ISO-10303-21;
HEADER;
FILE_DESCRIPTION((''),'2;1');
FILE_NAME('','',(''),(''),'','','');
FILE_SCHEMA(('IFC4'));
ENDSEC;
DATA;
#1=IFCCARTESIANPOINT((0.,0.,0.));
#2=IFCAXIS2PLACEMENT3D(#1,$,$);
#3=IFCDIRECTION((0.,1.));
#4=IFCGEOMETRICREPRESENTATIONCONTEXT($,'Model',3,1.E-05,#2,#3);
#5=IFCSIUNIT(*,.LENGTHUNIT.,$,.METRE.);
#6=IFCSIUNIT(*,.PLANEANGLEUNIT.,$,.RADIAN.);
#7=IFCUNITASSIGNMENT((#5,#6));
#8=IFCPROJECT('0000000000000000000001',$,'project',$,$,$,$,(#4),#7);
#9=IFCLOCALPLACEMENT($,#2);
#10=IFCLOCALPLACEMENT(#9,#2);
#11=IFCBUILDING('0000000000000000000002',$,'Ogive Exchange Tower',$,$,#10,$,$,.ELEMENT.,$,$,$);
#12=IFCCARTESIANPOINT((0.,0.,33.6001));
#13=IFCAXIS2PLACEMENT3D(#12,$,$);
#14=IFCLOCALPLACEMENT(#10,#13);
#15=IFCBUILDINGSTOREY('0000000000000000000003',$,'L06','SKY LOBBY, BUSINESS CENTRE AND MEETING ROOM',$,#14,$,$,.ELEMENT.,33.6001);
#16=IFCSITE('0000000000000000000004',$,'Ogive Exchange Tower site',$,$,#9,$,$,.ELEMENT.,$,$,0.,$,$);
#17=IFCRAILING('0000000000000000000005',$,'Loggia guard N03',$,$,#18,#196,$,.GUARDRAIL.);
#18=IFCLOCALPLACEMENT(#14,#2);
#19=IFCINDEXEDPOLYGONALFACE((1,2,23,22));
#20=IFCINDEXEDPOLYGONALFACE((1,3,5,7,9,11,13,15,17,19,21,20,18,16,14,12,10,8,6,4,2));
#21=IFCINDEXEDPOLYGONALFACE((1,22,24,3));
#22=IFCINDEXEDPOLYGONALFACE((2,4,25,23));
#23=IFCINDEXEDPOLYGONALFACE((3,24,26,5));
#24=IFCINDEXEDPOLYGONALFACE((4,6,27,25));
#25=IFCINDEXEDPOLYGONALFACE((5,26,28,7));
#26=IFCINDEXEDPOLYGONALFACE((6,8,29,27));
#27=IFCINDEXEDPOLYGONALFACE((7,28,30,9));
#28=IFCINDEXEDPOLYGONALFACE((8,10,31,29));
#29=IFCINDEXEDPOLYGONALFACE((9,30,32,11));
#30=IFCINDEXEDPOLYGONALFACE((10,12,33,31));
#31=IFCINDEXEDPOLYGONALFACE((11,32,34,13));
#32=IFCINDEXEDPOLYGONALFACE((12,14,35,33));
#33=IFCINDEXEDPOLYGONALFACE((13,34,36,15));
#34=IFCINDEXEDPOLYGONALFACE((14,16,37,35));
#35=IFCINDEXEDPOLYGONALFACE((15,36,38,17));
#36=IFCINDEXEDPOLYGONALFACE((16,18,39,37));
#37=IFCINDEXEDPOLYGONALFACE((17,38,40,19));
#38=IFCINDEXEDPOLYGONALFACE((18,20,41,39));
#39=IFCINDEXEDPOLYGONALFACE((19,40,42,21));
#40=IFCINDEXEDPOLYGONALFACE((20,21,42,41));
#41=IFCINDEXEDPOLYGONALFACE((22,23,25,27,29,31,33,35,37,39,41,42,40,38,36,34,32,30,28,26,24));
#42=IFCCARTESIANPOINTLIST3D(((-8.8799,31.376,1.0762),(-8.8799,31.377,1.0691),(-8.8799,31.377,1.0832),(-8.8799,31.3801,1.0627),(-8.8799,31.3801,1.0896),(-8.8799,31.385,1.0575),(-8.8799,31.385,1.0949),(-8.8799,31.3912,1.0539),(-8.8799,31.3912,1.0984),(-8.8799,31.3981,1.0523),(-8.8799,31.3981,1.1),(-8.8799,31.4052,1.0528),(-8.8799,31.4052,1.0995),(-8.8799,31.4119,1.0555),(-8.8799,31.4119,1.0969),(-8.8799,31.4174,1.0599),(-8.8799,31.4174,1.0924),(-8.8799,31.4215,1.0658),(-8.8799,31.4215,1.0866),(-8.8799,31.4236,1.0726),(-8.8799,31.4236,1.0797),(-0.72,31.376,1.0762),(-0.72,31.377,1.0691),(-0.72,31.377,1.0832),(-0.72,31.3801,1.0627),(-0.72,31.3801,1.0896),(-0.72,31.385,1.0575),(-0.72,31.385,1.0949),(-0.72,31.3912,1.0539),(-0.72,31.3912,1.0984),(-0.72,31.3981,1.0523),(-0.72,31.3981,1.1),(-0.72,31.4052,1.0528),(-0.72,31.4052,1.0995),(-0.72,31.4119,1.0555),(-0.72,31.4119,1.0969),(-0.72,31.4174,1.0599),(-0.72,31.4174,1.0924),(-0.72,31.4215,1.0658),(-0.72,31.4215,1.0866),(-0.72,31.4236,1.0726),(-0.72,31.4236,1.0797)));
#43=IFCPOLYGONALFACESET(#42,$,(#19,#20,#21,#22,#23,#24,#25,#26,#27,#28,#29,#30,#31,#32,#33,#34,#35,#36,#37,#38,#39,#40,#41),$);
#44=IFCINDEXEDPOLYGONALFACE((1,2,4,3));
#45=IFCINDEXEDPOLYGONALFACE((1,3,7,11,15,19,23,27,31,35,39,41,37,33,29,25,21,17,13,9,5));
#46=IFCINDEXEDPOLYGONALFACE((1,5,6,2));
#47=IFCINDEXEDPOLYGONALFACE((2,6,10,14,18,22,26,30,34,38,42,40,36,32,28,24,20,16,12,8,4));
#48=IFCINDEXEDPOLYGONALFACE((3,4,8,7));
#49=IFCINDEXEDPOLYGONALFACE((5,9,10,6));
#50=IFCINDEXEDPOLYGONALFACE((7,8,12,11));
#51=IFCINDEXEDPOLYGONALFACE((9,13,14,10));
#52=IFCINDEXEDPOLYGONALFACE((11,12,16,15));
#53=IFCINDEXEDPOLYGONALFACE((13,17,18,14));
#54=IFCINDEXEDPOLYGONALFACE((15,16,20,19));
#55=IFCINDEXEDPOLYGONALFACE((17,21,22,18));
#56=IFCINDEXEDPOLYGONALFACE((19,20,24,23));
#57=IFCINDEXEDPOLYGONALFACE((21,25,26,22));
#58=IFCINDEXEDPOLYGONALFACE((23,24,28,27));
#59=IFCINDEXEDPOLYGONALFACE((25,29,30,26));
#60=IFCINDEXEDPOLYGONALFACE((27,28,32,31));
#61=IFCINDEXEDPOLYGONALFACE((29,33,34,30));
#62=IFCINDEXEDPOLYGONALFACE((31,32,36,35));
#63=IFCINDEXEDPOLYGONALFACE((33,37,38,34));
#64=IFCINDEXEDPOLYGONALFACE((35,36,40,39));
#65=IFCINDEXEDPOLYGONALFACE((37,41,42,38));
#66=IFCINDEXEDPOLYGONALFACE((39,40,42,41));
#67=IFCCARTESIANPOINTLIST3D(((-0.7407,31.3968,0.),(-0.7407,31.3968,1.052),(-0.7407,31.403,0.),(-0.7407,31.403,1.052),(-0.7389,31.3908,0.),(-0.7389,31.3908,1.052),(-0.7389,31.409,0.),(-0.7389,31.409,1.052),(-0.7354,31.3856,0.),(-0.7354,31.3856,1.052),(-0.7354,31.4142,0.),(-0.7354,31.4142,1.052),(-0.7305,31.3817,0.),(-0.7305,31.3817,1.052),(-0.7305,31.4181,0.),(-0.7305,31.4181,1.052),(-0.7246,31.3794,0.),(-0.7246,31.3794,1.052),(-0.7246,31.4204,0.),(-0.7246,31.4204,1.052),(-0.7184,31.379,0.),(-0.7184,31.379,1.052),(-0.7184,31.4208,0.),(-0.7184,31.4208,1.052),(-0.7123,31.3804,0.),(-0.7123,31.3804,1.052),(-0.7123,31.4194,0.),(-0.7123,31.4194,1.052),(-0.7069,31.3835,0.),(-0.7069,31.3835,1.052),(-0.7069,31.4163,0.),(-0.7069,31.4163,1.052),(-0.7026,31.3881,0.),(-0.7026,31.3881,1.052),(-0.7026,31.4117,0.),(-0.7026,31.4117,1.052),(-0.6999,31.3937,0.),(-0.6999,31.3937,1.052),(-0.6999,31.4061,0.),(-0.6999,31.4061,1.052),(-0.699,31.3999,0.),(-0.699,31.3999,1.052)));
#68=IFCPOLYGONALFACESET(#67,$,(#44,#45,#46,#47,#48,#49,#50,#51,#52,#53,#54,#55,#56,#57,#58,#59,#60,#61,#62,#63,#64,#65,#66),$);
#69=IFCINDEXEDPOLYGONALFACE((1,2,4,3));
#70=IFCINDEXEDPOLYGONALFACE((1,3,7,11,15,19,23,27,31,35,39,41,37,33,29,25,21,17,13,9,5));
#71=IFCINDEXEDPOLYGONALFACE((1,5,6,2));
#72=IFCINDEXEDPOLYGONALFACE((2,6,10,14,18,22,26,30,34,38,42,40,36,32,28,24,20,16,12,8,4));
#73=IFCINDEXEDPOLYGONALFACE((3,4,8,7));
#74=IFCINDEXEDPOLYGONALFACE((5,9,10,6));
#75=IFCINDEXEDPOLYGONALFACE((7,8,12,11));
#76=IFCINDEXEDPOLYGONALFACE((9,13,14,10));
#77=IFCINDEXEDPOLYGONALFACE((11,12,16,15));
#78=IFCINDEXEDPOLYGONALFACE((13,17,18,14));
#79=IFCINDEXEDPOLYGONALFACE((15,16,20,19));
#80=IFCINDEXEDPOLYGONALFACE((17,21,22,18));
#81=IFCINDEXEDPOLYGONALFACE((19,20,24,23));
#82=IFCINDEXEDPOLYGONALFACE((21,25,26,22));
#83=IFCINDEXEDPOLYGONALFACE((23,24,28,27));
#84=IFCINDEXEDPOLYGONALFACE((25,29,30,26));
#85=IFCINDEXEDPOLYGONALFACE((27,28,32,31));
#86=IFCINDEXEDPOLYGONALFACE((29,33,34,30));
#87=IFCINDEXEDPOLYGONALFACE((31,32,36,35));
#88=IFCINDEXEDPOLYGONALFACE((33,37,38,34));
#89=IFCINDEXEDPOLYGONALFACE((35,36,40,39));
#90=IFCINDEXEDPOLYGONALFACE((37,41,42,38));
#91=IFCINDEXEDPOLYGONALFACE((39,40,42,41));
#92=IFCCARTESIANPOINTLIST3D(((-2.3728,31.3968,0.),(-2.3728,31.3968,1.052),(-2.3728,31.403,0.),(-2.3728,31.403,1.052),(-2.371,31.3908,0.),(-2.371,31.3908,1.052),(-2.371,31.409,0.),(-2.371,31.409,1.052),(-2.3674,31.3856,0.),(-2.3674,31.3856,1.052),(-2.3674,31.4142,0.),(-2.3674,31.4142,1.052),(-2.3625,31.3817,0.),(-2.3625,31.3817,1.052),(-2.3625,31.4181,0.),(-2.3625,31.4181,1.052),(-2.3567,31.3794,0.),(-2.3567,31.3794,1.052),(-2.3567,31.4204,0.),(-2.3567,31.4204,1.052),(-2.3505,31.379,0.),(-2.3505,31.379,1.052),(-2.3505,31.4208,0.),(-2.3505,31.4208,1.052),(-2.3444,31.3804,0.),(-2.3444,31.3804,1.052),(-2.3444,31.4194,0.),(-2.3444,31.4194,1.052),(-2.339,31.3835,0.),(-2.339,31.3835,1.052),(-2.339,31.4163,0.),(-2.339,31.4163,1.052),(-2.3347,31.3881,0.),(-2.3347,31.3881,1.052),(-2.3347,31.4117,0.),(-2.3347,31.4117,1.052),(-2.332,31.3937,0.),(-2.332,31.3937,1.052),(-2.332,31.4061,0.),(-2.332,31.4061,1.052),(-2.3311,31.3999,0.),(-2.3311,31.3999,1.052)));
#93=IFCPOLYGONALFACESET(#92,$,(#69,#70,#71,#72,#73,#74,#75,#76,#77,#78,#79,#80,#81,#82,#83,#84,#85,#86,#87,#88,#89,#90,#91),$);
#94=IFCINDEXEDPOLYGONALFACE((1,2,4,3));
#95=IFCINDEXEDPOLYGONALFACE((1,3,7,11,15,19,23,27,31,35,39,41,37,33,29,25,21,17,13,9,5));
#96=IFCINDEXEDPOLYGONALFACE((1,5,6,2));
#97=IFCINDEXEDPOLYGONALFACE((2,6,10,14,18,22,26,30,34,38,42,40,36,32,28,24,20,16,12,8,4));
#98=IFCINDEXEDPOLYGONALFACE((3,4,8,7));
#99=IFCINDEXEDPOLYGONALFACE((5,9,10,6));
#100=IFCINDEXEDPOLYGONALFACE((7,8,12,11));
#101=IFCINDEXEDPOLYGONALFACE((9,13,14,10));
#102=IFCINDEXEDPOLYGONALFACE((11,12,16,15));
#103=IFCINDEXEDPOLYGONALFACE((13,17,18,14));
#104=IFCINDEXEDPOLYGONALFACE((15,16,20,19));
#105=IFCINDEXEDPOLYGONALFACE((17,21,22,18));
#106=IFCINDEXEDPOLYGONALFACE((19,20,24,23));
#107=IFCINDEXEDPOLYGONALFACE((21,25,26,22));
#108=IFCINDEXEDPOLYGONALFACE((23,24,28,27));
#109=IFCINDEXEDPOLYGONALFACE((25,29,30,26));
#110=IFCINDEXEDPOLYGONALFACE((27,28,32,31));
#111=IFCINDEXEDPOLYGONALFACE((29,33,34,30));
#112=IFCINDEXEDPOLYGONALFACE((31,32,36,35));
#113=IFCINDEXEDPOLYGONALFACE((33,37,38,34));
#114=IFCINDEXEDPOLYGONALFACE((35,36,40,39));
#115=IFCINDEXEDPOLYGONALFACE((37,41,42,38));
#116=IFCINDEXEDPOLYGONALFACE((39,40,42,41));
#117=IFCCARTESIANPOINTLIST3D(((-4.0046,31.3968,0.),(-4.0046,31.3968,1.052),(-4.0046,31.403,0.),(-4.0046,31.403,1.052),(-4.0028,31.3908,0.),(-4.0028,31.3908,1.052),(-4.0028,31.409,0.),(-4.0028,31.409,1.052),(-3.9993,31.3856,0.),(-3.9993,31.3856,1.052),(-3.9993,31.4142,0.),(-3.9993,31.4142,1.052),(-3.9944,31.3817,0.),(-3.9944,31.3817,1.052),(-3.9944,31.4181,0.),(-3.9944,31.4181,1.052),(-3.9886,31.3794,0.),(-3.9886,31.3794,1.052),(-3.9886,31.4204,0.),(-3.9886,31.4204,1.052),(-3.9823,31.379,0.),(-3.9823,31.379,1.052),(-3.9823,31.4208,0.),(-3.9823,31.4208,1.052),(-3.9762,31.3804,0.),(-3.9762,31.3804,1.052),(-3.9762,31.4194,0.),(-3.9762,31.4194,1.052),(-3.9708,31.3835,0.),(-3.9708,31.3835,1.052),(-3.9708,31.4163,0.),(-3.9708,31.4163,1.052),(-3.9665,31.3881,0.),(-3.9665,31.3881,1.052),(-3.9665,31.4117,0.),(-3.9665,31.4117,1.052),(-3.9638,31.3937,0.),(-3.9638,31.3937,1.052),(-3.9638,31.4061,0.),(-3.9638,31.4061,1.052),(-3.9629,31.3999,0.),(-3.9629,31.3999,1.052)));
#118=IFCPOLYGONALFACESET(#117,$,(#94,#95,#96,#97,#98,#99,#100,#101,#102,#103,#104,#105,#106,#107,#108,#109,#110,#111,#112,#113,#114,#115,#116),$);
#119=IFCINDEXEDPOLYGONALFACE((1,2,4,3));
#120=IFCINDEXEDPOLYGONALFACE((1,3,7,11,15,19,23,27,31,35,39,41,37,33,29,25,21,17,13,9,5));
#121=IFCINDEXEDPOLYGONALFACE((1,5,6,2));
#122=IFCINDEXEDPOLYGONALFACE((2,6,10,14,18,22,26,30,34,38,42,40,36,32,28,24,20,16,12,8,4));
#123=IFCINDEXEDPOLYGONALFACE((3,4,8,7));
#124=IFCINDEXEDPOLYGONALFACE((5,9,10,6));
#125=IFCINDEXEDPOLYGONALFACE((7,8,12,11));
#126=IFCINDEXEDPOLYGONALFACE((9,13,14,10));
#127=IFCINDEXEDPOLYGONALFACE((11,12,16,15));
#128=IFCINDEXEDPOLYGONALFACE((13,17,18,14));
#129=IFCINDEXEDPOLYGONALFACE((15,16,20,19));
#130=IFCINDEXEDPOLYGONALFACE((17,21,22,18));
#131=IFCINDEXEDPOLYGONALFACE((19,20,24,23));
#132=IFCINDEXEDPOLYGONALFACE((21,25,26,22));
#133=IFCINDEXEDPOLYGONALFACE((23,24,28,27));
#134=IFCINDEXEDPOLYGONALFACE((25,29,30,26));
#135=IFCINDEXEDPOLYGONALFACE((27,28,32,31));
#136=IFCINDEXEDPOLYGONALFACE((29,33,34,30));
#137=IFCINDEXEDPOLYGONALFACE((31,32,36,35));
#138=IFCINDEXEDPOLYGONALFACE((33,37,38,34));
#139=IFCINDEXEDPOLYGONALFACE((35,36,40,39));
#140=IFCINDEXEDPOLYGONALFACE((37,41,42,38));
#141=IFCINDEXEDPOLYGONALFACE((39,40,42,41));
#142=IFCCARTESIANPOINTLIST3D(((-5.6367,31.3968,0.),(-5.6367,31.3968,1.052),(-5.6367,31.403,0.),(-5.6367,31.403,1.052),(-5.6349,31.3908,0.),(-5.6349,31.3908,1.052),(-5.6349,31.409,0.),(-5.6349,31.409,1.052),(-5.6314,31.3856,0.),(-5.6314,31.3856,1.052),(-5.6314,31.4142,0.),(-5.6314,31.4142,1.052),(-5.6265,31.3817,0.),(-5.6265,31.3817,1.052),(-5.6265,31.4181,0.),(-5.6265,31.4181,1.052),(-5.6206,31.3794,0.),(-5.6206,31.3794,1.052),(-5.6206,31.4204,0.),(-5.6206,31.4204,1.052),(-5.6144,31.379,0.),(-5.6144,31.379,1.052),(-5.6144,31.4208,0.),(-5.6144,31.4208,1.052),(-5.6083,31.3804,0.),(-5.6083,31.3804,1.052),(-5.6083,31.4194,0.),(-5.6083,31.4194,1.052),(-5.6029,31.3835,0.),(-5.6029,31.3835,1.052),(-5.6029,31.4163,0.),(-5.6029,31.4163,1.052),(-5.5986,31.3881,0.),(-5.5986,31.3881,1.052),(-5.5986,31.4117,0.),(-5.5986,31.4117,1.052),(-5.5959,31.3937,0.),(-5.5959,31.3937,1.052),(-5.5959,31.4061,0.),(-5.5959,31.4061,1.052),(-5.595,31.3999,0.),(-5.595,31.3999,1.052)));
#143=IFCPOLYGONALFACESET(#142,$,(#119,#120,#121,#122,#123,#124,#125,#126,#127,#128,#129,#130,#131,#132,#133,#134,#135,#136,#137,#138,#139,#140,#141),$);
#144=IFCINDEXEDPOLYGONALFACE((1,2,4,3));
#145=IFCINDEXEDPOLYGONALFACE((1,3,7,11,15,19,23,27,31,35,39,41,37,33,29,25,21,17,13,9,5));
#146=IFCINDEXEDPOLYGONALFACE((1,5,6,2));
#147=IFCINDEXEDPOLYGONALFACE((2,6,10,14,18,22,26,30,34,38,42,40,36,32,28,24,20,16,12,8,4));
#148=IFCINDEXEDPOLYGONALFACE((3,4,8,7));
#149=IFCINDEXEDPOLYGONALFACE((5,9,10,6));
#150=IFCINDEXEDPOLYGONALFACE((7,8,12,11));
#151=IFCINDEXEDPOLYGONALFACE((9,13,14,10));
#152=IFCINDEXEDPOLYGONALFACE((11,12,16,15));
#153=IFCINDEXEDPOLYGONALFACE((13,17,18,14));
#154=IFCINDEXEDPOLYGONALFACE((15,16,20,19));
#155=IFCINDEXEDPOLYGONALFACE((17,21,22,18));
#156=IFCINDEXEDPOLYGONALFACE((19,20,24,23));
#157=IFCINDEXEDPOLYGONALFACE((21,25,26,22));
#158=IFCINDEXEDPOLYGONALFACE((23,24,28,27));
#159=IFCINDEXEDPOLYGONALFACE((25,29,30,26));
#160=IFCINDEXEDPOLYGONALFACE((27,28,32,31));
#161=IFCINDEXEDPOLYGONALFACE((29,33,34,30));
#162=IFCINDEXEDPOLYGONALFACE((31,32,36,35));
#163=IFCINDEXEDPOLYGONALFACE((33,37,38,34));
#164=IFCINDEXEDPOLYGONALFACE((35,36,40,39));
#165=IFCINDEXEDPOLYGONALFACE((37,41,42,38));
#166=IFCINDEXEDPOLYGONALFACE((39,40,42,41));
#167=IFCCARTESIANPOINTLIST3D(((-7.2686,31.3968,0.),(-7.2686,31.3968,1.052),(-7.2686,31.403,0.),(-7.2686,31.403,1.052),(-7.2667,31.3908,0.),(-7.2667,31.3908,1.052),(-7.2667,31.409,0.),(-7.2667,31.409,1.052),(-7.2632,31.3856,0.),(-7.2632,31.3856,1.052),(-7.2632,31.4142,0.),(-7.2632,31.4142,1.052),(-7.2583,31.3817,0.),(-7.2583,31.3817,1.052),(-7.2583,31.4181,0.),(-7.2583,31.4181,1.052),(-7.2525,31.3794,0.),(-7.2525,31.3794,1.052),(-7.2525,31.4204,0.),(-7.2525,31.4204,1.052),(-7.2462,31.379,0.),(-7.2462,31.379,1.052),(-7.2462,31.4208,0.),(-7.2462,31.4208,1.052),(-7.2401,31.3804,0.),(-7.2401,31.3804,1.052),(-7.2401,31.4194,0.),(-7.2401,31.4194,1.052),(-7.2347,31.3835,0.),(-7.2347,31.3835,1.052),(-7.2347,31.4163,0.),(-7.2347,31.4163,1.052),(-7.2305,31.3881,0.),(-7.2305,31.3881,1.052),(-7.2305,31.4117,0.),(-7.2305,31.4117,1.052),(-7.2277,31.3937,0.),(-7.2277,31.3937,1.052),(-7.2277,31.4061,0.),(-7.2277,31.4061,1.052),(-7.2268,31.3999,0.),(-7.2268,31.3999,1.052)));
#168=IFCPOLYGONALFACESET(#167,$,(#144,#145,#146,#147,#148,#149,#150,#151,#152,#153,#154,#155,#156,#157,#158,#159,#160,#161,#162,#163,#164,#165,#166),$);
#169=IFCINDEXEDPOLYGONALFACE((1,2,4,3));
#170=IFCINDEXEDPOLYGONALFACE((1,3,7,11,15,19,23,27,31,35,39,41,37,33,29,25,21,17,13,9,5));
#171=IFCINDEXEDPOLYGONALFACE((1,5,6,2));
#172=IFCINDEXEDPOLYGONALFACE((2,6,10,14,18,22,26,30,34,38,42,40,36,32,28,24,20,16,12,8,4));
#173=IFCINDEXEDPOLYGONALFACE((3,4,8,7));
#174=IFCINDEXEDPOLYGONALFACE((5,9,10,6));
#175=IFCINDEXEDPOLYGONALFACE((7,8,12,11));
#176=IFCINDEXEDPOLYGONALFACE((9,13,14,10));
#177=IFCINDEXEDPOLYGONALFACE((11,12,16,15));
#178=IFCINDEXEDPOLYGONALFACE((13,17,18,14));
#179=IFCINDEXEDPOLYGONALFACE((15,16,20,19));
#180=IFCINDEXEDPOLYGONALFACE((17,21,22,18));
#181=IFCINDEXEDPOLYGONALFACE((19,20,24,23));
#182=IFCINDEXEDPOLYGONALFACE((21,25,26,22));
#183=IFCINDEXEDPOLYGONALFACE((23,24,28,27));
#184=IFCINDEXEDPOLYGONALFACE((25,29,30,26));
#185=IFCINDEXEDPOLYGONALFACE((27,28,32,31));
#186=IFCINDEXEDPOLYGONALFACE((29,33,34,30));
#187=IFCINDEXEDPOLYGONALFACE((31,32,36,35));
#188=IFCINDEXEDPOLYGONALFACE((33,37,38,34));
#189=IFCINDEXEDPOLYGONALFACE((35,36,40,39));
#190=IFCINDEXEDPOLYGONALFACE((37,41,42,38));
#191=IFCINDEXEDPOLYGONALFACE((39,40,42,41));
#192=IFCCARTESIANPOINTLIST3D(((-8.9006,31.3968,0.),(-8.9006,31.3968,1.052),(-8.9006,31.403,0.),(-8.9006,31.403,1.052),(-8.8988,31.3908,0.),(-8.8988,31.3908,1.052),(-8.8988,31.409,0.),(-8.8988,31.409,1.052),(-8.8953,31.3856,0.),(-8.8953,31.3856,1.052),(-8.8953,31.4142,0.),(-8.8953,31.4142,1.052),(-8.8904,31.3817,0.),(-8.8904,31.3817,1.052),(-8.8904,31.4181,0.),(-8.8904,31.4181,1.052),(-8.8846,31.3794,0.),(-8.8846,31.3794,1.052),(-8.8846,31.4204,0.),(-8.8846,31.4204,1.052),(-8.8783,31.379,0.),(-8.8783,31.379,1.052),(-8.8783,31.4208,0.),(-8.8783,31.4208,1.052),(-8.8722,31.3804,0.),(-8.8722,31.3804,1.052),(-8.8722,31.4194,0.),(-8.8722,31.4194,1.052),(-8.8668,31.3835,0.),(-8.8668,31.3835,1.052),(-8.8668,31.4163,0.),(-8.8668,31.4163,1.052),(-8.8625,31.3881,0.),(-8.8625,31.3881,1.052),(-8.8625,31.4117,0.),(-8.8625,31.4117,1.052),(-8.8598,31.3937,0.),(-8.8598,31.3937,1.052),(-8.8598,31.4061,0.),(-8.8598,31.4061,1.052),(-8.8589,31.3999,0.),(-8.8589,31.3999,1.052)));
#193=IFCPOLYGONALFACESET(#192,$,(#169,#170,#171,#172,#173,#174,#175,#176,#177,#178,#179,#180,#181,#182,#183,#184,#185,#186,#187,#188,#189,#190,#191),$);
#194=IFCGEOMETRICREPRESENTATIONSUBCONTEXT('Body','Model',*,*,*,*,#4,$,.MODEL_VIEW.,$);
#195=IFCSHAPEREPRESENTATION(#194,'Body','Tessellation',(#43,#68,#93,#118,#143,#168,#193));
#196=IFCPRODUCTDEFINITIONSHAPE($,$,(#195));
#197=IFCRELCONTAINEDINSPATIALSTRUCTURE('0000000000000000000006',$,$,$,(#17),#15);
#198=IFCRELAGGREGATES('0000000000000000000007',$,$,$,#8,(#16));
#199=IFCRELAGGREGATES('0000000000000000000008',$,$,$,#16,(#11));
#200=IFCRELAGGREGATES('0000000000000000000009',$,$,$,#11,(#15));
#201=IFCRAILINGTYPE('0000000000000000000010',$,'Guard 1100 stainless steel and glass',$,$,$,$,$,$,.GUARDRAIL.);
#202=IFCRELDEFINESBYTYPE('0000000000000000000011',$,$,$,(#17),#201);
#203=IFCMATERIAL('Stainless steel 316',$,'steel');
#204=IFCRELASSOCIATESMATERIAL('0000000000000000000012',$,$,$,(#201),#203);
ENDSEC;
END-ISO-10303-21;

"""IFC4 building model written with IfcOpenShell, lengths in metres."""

from ifc_helpers import new_model, si_unit, direction, frame, origin, origin_2d, place, context, subcontext, project, spatial, circle, extrude, material, type_object, element, save


model = new_model("IFC4")

# Units and contexts
model_context = context("Model", 3, precision=1e-05, world=origin(), true_north=direction((0.0, 1.0)))
body_context = subcontext(model_context, "Body", "Model", "MODEL_VIEW")
ifc_project = project(units=[si_unit("LENGTHUNIT", "METRE"), si_unit("PLANEANGLEUNIT", "RADIAN")], contexts=[model_context])

# Site, building, storey
site_placement = place(None, origin())
site = spatial("IfcSite", under=ifc_project, at=site_placement, Name="Ogive Exchange Tower site", CompositionType="ELEMENT", RefElevation=0.0)
building_placement = place(site_placement, origin())
building = spatial("IfcBuilding", under=site, at=building_placement, Name="Ogive Exchange Tower", CompositionType="ELEMENT")
storey_placement = place(building_placement, frame((0.0, 0.0, 33.6001)))
storey = spatial("IfcBuildingStorey", under=building, at=storey_placement, Name="L06", Description="SKY LOBBY, BUSINESS CENTRE AND MEETING ROOM", CompositionType="ELEMENT", Elevation=33.6001)

# Railing
ifc_material_1 = material(Name="Stainless steel 316", Category="steel")
railing_type = type_object("IfcRailingType", Name="Guard 1100 stainless steel and glass", PredefinedType="GUARDRAIL", material=ifc_material_1)
railing_placement = place(storey_placement, frame((-0.72, 31.3999, 0.0)))
element("IfcRailing", 1, at=railing_placement, inside=storey, type_object=railing_type, Name="Loggia guard N03", PredefinedType="GUARDRAIL", context=body_context, shape_type="SweptSolid", body=[
    extrude(circle(Radius=0.0239, at=origin_2d()), frame((0.0, 0.0, 1.0762), z_axis=(-1.0, 0.0, 0.0), x_axis=(0.0, -1.0, 0.0)), (0.0, 0.0, 1.0), 8.1599),
    extrude(circle(Radius=0.021, at=origin_2d()), origin(), (0.0, 0.0, 1.0), 1.052),
    extrude(circle(Radius=0.021, at=origin_2d()), frame((-1.6321, 0.0, 0.0)), (0.0, 0.0, 1.0), 1.052),
    extrude(circle(Radius=0.021, at=origin_2d()), frame((-3.2639, 0.0, 0.0)), (0.0, 0.0, 1.0), 1.052),
    extrude(circle(Radius=0.021, at=origin_2d()), frame((-4.896, 0.0, 0.0)), (0.0, 0.0, 1.0), 1.052),
    extrude(circle(Radius=0.021, at=origin_2d()), frame((-6.5278, 0.0, 0.0)), (0.0, 0.0, 1.0), 1.052),
    extrude(circle(Radius=0.021, at=origin_2d()), frame((-8.1599, 0.0, 0.0)), (0.0, 0.0, 1.0), 1.052),
])

save(model, "model.ifc")
